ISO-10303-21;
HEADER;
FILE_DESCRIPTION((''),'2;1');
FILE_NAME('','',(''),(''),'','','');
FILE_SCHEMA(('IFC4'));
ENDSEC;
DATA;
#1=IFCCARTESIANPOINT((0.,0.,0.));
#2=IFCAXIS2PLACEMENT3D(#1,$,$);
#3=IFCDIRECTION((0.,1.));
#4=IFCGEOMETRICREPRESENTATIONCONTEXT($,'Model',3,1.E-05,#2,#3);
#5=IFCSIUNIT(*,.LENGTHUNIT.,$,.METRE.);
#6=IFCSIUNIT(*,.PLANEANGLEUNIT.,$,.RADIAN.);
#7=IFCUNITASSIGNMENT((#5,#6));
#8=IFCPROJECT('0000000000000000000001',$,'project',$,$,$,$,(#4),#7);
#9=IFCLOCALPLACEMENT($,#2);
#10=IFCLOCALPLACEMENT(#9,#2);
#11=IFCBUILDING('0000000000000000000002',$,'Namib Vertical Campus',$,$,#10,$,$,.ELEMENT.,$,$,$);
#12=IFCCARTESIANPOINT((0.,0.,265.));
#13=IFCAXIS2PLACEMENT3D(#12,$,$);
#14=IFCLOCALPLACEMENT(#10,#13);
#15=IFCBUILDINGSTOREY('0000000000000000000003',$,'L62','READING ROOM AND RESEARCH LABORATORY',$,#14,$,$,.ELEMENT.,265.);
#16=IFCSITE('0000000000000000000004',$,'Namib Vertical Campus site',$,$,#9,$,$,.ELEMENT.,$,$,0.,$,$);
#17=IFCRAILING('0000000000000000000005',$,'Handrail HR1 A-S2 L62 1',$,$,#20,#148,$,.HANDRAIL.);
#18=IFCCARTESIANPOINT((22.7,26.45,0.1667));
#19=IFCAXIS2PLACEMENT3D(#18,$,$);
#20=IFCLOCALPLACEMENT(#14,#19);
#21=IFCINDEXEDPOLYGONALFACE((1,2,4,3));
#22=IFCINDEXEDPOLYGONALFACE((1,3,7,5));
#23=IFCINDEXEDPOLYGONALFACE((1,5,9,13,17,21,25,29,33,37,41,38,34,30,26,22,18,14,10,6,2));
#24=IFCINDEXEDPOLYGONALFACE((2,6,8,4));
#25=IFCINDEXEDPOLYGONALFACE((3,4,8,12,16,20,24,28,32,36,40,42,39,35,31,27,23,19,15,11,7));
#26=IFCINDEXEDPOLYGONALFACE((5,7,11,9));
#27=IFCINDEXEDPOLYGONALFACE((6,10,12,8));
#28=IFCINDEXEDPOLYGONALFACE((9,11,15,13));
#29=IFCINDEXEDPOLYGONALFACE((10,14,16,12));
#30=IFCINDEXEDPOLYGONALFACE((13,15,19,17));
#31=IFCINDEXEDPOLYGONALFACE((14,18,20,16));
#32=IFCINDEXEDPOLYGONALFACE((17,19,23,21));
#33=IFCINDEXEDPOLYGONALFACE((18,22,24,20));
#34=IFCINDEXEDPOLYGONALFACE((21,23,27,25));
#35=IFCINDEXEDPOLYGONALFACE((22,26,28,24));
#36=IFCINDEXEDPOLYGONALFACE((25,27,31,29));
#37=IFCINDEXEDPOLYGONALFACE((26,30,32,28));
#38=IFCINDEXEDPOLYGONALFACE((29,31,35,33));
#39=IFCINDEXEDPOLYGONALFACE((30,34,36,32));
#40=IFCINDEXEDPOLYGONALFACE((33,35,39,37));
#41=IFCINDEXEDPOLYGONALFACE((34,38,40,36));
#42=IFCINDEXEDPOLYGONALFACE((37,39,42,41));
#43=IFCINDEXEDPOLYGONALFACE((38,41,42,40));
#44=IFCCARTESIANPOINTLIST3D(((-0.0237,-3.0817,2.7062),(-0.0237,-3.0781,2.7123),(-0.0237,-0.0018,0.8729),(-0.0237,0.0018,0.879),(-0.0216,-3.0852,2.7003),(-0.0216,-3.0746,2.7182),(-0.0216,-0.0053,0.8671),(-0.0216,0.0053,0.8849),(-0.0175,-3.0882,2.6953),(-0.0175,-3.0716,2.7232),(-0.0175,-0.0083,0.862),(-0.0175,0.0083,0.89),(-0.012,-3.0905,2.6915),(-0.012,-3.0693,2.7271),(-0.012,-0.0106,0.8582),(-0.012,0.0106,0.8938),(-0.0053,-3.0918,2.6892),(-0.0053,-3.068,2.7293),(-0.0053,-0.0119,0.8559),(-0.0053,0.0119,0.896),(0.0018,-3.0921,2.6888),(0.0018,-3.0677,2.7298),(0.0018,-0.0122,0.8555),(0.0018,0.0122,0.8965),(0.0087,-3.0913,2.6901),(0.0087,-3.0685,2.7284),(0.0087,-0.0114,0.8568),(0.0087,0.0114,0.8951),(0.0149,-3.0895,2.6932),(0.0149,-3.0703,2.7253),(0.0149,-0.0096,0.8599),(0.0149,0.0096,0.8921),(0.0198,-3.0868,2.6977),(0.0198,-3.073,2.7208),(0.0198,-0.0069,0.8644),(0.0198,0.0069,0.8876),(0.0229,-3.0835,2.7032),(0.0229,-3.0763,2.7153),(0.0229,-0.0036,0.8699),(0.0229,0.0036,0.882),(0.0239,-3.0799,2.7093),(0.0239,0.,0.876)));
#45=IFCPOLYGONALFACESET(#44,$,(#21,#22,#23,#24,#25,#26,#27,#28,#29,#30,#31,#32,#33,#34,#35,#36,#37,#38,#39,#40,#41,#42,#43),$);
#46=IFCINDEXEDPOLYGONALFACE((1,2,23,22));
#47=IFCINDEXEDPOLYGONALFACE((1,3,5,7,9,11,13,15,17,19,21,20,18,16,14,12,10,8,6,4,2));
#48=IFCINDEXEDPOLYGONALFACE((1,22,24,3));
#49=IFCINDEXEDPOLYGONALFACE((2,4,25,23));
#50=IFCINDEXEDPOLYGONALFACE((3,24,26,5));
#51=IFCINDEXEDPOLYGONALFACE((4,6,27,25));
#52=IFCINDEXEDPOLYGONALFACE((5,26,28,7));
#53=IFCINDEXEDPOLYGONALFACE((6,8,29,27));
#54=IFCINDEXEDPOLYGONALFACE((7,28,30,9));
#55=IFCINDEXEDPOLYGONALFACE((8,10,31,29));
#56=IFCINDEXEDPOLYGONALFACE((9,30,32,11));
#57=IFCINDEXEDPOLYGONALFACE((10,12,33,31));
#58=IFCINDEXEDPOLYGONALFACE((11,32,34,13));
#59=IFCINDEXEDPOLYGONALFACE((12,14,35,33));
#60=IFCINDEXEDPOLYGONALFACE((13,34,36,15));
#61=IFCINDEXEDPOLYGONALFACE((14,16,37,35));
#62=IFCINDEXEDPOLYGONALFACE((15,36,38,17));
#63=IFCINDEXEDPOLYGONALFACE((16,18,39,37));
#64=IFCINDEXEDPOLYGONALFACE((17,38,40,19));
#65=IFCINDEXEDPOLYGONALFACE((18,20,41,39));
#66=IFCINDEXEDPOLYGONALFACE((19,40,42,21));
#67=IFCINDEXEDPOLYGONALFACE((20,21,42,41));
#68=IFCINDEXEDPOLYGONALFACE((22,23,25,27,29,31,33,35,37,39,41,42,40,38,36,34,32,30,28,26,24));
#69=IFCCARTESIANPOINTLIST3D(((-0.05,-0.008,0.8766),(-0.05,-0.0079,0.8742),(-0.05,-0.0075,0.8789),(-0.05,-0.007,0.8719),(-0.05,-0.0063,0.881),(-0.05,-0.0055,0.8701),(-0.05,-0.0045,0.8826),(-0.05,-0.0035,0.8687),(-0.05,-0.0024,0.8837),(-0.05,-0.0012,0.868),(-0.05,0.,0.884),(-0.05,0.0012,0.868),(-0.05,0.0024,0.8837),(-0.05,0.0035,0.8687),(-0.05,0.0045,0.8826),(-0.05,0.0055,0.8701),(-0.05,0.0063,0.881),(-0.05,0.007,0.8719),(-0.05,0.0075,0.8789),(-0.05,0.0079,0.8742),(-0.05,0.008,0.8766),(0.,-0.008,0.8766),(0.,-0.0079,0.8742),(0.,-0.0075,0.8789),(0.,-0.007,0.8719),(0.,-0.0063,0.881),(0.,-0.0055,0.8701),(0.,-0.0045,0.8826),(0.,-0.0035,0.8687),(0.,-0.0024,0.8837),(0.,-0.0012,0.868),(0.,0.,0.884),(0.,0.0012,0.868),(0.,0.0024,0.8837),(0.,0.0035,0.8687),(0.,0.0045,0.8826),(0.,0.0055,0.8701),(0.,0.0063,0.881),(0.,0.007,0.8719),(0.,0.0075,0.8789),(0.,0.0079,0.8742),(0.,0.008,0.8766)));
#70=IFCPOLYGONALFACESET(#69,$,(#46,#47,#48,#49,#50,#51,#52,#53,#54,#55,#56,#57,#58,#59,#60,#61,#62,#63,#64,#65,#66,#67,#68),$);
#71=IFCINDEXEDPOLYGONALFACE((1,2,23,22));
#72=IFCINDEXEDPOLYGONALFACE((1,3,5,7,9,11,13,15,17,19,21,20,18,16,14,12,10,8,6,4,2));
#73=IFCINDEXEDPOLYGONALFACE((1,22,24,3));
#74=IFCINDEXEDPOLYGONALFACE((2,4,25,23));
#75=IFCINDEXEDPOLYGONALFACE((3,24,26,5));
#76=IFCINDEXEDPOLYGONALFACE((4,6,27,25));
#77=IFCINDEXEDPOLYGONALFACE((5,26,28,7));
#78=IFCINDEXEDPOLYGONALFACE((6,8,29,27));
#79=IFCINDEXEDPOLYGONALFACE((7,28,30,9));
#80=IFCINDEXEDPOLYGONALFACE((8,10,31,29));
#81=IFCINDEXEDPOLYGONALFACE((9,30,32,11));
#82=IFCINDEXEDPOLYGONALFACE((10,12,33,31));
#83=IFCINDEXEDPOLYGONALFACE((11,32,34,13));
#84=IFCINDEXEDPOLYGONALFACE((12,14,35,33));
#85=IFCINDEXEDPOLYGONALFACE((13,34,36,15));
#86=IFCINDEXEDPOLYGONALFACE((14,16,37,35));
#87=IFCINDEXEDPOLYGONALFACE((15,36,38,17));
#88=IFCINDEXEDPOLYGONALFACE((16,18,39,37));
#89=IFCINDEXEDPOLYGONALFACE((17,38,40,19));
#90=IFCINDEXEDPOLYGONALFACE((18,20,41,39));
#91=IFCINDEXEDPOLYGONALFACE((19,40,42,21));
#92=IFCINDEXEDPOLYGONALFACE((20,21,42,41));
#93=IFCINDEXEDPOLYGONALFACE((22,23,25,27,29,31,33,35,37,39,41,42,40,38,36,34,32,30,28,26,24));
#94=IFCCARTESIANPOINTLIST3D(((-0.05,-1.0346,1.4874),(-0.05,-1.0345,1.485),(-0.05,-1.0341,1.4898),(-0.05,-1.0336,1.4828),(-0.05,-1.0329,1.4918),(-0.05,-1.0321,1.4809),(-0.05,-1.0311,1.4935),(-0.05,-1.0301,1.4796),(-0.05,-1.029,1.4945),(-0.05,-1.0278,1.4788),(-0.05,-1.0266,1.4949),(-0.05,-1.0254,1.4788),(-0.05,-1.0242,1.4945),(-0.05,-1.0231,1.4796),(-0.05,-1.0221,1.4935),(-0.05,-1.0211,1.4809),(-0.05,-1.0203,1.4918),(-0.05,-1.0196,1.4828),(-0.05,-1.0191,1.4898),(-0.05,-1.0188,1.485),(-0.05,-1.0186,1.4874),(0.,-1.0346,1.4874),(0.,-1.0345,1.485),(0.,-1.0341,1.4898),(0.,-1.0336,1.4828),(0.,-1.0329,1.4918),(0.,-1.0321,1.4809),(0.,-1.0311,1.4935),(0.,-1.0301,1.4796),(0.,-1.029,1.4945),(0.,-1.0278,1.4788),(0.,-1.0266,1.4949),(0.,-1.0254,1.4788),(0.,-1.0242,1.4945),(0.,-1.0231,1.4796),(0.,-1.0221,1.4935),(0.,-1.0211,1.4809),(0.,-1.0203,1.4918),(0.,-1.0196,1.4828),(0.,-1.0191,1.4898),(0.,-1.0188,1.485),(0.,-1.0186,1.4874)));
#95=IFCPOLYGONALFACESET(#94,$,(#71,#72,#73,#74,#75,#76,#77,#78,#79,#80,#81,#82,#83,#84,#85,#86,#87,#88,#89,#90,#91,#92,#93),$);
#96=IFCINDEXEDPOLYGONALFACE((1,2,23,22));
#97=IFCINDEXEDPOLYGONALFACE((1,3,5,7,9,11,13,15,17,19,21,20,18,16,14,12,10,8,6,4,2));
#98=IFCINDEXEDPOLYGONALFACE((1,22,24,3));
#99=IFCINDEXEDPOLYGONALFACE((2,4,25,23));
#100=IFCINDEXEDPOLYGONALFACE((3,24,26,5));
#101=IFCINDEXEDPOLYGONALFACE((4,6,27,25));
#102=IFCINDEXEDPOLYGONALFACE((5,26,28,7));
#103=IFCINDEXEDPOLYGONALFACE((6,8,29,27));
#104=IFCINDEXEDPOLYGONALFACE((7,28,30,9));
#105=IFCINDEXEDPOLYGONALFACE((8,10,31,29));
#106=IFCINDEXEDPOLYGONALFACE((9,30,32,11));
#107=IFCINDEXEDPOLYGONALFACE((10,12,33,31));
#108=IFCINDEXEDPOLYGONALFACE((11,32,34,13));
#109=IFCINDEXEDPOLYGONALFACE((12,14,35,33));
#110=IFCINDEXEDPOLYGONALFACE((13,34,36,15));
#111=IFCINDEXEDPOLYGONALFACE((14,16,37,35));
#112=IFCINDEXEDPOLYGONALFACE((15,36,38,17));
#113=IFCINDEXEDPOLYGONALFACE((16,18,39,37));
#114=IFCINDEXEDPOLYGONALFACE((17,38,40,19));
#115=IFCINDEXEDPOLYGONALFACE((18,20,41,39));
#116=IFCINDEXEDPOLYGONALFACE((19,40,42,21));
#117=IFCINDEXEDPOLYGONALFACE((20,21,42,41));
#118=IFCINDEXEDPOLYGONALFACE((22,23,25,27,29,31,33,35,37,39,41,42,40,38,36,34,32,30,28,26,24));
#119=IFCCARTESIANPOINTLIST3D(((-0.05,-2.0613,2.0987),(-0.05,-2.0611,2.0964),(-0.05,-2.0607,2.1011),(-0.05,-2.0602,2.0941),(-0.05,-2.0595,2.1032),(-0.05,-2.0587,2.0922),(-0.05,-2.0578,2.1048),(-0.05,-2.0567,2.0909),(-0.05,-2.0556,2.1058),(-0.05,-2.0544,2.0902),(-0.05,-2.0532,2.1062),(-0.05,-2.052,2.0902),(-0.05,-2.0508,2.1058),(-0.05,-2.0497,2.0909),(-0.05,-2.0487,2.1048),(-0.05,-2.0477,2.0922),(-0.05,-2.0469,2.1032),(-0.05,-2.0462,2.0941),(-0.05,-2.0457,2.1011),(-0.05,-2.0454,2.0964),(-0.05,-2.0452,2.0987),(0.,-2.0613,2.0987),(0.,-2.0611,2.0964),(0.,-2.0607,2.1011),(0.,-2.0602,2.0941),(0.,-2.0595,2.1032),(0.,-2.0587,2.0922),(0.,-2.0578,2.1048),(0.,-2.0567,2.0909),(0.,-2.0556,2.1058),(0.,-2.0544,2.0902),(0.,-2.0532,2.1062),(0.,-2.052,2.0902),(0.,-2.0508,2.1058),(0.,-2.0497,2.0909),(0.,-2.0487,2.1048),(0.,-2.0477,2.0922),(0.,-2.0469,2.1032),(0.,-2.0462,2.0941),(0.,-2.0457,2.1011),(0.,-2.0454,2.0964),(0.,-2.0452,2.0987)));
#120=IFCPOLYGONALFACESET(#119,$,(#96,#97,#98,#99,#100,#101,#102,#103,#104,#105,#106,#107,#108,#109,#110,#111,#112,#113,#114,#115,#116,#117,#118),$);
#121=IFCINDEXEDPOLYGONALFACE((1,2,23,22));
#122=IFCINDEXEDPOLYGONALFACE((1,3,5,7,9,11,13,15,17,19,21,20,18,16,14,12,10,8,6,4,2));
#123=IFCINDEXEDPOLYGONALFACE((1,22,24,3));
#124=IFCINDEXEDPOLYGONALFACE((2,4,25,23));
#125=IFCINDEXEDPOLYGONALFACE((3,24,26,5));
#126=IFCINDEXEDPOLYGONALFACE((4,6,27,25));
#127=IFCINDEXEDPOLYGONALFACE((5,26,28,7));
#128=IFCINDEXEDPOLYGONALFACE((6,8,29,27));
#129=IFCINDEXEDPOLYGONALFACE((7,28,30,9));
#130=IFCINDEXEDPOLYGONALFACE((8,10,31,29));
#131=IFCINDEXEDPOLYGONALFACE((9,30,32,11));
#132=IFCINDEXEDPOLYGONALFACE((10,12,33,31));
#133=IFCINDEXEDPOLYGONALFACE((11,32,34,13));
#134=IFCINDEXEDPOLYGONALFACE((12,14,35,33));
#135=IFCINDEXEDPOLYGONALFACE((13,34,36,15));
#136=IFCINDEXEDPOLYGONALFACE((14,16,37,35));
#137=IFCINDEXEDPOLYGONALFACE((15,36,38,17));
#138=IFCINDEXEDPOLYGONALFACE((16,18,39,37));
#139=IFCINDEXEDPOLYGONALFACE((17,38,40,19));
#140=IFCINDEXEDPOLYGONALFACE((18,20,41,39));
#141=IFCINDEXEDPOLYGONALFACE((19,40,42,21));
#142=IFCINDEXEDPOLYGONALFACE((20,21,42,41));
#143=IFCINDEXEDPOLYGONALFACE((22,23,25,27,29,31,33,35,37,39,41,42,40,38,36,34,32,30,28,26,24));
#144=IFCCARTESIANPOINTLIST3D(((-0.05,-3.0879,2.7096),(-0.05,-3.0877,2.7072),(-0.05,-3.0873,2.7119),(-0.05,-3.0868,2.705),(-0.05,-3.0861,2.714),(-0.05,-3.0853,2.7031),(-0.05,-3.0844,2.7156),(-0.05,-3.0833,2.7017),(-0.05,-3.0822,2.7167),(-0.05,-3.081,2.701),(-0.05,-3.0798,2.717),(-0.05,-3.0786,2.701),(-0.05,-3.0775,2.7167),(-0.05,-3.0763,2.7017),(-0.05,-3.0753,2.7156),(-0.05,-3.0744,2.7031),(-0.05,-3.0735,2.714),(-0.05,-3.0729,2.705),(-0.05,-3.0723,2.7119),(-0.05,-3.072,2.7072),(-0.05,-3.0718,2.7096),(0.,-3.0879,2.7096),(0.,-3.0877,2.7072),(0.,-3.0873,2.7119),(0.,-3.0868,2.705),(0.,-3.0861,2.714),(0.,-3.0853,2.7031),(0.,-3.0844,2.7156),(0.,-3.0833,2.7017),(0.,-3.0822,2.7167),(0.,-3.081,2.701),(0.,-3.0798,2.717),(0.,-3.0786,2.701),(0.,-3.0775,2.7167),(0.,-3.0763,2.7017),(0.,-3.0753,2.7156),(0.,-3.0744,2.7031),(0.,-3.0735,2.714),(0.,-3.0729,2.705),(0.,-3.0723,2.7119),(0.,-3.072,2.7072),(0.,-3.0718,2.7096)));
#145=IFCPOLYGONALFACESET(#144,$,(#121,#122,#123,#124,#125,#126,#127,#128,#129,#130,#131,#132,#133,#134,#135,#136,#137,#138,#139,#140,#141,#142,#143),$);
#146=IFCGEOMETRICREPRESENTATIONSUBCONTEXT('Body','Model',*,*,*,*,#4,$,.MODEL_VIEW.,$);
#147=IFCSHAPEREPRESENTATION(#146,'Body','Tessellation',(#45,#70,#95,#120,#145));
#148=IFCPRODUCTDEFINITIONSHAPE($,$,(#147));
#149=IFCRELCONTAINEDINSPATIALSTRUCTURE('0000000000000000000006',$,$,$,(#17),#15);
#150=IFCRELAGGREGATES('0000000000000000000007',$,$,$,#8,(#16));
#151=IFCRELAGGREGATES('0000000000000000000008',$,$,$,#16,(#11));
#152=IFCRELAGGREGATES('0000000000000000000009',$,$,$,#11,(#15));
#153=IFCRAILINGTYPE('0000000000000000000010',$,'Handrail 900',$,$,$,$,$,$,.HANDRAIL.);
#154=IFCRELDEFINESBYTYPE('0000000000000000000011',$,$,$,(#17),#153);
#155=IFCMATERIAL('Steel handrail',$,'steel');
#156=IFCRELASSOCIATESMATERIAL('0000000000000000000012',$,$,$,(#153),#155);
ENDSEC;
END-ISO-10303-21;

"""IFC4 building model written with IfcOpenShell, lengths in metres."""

from ifc_helpers import new_model, si_unit, direction, frame, origin, origin_2d, place, context, subcontext, project, spatial, circle, extrude, material, type_object, element, save


model = new_model("IFC4")

# Units and contexts
model_context = context("Model", 3, precision=1e-05, world=origin(), true_north=direction((0.0, 1.0)))
body_context = subcontext(model_context, "Body", "Model", "MODEL_VIEW")
ifc_project = project(units=[si_unit("LENGTHUNIT", "METRE"), si_unit("PLANEANGLEUNIT", "RADIAN")], contexts=[model_context])

# Site, building, storey
site_placement = place(None, origin())
site = spatial("IfcSite", under=ifc_project, at=site_placement, Name="Namib Vertical Campus site", CompositionType="ELEMENT", RefElevation=0.0)
building_placement = place(site_placement, origin())
building = spatial("IfcBuilding", under=site, at=building_placement, Name="Namib Vertical Campus", CompositionType="ELEMENT")
storey_placement = place(building_placement, frame((0.0, 0.0, 265.0)))
storey = spatial("IfcBuildingStorey", under=building, at=storey_placement, Name="L62", Description="READING ROOM AND RESEARCH LABORATORY", CompositionType="ELEMENT", Elevation=265.0)

# Railing
ifc_material_1 = material(Name="Steel handrail", Category="steel")
railing_type_1 = type_object("IfcRailingType", Name="Handrail 900", PredefinedType="HANDRAIL", material=ifc_material_1)
railing_1_placement = place(storey_placement, frame((22.7, 26.45, 0.1667)))
element("IfcRailing", 1, at=railing_1_placement, inside=storey, type_object=railing_type_1, Name="Handrail HR1 A-S2 L62 1", PredefinedType="HANDRAIL", context=body_context, shape_type="SweptSolid", body=[
    extrude(circle(Radius=0.0239, at=origin_2d()), frame((0.0, 0.0, 0.876), z_axis=(0.0, -0.859291, 0.511487), x_axis=(1.0, 0.0, 0.0)), (0.0, 0.0, 1.0), 3.5842),
    extrude(circle(Radius=0.0081, at=origin_2d()), frame((0.0, 0.0, 0.876), z_axis=(-1.0, 0.0, 0.0), x_axis=(0.0, 0.0, 1.0)), (0.0, 0.0, 1.0), 0.05),
    extrude(circle(Radius=0.0081, at=origin_2d()), frame((0.0, -1.0266, 1.4868), z_axis=(-1.0, 0.0, 0.0), x_axis=(0.0, 0.0, 1.0)), (0.0, 0.0, 1.0), 0.05),
    extrude(circle(Radius=0.0081, at=origin_2d()), frame((0.0, -2.0532, 2.0981), z_axis=(-1.0, 0.0, 0.0), x_axis=(0.0, 0.0, 1.0)), (0.0, 0.0, 1.0), 0.05),
    extrude(circle(Radius=0.0081, at=origin_2d()), frame((0.0, -3.0798, 2.709), z_axis=(-1.0, 0.0, 0.0), x_axis=(0.0, 0.0, 1.0)), (0.0, 0.0, 1.0), 0.05),
])

save(model, "model.ifc")
